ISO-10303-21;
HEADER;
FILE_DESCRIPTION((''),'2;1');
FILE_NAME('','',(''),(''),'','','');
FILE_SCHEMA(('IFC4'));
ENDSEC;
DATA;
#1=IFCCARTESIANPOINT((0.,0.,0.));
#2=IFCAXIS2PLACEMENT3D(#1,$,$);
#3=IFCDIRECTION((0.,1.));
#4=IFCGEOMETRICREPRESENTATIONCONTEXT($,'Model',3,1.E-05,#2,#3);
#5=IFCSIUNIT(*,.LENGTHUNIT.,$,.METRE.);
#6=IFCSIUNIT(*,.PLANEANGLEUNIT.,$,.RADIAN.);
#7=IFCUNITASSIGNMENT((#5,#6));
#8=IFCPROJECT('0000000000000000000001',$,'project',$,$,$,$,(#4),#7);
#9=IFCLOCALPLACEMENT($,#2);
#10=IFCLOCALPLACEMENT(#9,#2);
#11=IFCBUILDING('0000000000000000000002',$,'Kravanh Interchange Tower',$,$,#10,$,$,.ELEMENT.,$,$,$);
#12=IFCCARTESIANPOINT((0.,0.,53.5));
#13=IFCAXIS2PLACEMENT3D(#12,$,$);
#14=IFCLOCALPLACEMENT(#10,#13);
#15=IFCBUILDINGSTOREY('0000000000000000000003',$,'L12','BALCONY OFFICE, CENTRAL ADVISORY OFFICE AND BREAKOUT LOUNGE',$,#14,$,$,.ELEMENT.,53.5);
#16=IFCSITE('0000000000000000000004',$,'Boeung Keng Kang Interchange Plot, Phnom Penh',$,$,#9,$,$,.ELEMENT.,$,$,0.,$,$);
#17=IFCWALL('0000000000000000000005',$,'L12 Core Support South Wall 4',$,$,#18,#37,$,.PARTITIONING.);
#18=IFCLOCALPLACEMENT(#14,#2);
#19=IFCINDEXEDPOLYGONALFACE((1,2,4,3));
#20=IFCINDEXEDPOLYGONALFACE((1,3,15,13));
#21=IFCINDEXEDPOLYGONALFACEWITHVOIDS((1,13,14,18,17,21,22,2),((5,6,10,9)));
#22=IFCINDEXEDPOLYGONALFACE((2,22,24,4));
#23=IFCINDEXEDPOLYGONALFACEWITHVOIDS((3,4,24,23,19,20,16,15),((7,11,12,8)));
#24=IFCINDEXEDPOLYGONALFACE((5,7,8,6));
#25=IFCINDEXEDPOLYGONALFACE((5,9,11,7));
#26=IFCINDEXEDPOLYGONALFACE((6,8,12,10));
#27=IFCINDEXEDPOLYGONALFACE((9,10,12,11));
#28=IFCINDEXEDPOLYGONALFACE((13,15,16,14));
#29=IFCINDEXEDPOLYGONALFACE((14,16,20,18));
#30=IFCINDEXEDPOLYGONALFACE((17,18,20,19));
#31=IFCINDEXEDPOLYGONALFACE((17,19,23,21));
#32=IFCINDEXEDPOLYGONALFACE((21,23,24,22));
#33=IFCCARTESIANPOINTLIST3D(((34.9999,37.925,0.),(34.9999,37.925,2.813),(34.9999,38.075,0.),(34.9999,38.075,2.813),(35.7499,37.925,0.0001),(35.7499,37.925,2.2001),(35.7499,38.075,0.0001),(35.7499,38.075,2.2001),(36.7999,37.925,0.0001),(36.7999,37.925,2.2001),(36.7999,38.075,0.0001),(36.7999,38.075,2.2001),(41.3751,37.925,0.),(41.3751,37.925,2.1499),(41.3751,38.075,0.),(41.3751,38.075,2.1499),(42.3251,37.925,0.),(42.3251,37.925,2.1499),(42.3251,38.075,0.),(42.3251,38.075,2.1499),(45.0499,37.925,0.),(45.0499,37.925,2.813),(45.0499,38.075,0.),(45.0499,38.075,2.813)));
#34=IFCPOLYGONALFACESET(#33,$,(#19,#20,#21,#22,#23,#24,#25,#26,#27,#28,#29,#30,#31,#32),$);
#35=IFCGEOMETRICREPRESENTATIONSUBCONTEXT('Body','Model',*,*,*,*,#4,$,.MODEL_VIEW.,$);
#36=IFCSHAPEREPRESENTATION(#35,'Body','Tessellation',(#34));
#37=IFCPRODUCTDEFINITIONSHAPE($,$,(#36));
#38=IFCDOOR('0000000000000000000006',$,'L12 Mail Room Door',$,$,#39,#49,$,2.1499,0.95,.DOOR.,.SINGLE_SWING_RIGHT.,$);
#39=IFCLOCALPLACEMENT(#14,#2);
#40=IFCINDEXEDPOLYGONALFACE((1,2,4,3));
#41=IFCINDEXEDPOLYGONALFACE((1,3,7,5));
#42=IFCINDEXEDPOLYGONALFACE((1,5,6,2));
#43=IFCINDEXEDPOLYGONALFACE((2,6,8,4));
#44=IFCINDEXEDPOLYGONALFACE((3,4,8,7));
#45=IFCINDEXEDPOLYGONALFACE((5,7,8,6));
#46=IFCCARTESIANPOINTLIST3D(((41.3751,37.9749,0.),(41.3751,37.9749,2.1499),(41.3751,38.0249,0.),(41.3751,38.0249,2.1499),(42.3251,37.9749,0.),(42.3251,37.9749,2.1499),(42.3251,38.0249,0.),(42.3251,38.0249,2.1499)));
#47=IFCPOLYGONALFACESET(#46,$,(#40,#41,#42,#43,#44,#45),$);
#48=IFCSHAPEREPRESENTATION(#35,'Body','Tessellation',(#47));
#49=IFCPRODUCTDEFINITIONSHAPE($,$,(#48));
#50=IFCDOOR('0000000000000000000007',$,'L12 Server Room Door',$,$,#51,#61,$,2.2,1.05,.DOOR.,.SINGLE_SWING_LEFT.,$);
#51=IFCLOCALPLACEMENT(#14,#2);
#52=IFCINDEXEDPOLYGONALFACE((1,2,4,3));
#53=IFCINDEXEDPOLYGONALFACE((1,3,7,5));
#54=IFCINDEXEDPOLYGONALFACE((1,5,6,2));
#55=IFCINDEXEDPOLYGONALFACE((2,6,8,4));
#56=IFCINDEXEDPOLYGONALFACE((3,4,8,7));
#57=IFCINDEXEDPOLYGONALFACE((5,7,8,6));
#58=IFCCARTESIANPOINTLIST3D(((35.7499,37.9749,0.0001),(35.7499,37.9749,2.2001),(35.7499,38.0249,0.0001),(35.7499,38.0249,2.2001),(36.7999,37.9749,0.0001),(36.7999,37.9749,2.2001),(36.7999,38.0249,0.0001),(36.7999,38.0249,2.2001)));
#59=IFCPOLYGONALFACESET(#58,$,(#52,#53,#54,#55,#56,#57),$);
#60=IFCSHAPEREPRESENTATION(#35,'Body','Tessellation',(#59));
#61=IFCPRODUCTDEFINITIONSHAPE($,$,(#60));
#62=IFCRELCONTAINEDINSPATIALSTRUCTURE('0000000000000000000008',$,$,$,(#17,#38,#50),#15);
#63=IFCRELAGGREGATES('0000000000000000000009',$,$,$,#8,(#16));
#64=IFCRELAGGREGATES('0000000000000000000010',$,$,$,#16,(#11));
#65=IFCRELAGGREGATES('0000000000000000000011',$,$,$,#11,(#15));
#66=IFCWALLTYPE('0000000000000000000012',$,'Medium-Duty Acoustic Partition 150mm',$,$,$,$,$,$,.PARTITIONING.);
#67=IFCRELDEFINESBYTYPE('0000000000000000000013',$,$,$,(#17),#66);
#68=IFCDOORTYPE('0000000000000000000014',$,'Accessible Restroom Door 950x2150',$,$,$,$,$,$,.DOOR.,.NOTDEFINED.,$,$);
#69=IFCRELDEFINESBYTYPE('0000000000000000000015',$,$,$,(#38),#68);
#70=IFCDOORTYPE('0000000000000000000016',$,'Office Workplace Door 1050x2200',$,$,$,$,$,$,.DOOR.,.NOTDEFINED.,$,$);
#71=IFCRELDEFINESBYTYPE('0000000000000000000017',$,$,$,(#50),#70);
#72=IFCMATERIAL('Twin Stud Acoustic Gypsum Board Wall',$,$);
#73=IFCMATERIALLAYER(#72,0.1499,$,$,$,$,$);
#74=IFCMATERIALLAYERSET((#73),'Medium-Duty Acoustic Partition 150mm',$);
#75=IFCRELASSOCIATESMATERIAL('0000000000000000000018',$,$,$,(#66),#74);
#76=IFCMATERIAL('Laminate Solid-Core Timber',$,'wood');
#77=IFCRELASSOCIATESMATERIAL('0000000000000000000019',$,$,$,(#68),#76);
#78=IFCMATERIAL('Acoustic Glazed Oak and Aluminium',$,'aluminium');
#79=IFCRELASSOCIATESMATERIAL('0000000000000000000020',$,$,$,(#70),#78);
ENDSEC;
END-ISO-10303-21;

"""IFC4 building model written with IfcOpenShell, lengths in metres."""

from ifc_helpers import new_model, si_unit, direction, frame, frame_2d, origin, place, context, subcontext, project, spatial, rectangle, extrude, material, layer, layer_set, type_object, element, fill, save


model = new_model("IFC4")

# Units and contexts
model_context = context("Model", 3, precision=1e-05, world=origin(), true_north=direction((0.0, 1.0)))
body_context = subcontext(model_context, "Body", "Model", "MODEL_VIEW")
ifc_project = project(units=[si_unit("LENGTHUNIT", "METRE"), si_unit("PLANEANGLEUNIT", "RADIAN")], contexts=[model_context])

# Site, building, storey
site_placement = place(None, origin())
site = spatial("IfcSite", under=ifc_project, at=site_placement, Name="Boeung Keng Kang Interchange Plot, Phnom Penh", CompositionType="ELEMENT", RefElevation=0.0)
building_placement = place(site_placement, origin())
building = spatial("IfcBuilding", under=site, at=building_placement, Name="Kravanh Interchange Tower", CompositionType="ELEMENT")
storey_placement = place(building_placement, frame((0.0, 0.0, 53.5)))
storey = spatial("IfcBuildingStorey", under=building, at=storey_placement, Name="L12", Description="BALCONY OFFICE, CENTRAL ADVISORY OFFICE AND BREAKOUT LOUNGE", CompositionType="ELEMENT", Elevation=53.5)

# Wall, openings, doors
ifc_material_1 = material(Name="Twin Stud Acoustic Gypsum Board Wall")
ifc_layer_1 = layer(ifc_material_1, 0.1499)
ifc_layer_set_1 = layer_set([ifc_layer_1], Name="Medium-Duty Acoustic Partition 150mm")
wall_type_1 = type_object("IfcWallType", Name="Medium-Duty Acoustic Partition 150mm", PredefinedType="PARTITIONING", material=ifc_layer_set_1)
wall_1_placement = place(storey_placement, frame((35.0, 38.0, 0.0), z_axis=(0.0, 0.0, 1.0), x_axis=(1.0, 0.0, 0.0)))
wall_1 = element("IfcWall", 1, at=wall_1_placement, inside=storey, type_object=wall_type_1, Name="L12 Core Support South Wall 4", PredefinedType="PARTITIONING", context=body_context, shape_type="SweptSolid", body=[
    extrude(rectangle(XDim=10.05, YDim=0.1499, at=frame_2d((5.0249, 0.0))), origin(), (0.0, 0.0, 1.0), 2.813),
])
opening_1_placement = place(wall_1_placement, frame((0.75, 0.0, 0.0)))
opening_1 = element("IfcOpeningElement", 2, at=opening_1_placement, cuts=wall_1, PredefinedType="OPENING", context=body_context, shape_type="SweptSolid", body=[
    extrude(rectangle(XDim=1.05, YDim=2.2, at=frame_2d((0.5249, 1.1001))), frame((0.0, 0.085, 0.0), z_axis=(0.0, -1.0, 0.0), x_axis=(1.0, 0.0, 0.0)), (0.0, 0.0, 1.0), 0.1699),
])
opening_2_placement = place(wall_1_placement, frame((6.375, 0.0, 0.0)))
opening_2 = element("IfcOpeningElement", 3, at=opening_2_placement, cuts=wall_1, PredefinedType="OPENING", context=body_context, shape_type="SweptSolid", body=[
    extrude(rectangle(XDim=0.95, YDim=2.1499, at=frame_2d((0.4751, 1.075))), frame((0.0, 0.085, 0.0), z_axis=(0.0, -1.0, 0.0), x_axis=(1.0, 0.0, 0.0)), (0.0, 0.0, 1.0), 0.1699),
])
ifc_material_2 = material(Name="Laminate Solid-Core Timber", Category="wood")
door_type_1 = type_object("IfcDoorType", Name="Accessible Restroom Door 950x2150", OperationType="NOTDEFINED", PredefinedType="DOOR", material=ifc_material_2)
door_1_placement = place(opening_2_placement, origin())
door_1 = element("IfcDoor", 4, at=door_1_placement, inside=storey, type_object=door_type_1, Name="L12 Mail Room Door", OperationType="SINGLE_SWING_RIGHT", OverallHeight=2.1499, OverallWidth=0.95, PredefinedType="DOOR", context=body_context, shape_type="SweptSolid", body=[
    extrude(rectangle(XDim=0.95, YDim=2.1499, at=frame_2d((0.4751, 1.075))), frame((0.0, 0.0249, 0.0), z_axis=(0.0, -1.0, 0.0), x_axis=(1.0, 0.0, 0.0)), (0.0, 0.0, 1.0), 0.05),
])
fill(opening_2, door_1)
ifc_material_3 = material(Name="Acoustic Glazed Oak and Aluminium", Category="aluminium")
door_type_2 = type_object("IfcDoorType", Name="Office Workplace Door 1050x2200", OperationType="NOTDEFINED", PredefinedType="DOOR", material=ifc_material_3)
door_2_placement = place(opening_1_placement, origin())
door_2 = element("IfcDoor", 5, at=door_2_placement, inside=storey, type_object=door_type_2, Name="L12 Server Room Door", OperationType="SINGLE_SWING_LEFT", OverallHeight=2.2, OverallWidth=1.05, PredefinedType="DOOR", context=body_context, shape_type="SweptSolid", body=[
    extrude(rectangle(XDim=1.05, YDim=2.2, at=frame_2d((0.5249, 1.1001))), frame((0.0, 0.0249, 0.0), z_axis=(0.0, -1.0, 0.0), x_axis=(1.0, 0.0, 0.0)), (0.0, 0.0, 1.0), 0.05),
])
fill(opening_1, door_2)

save(model, "model.ifc")
